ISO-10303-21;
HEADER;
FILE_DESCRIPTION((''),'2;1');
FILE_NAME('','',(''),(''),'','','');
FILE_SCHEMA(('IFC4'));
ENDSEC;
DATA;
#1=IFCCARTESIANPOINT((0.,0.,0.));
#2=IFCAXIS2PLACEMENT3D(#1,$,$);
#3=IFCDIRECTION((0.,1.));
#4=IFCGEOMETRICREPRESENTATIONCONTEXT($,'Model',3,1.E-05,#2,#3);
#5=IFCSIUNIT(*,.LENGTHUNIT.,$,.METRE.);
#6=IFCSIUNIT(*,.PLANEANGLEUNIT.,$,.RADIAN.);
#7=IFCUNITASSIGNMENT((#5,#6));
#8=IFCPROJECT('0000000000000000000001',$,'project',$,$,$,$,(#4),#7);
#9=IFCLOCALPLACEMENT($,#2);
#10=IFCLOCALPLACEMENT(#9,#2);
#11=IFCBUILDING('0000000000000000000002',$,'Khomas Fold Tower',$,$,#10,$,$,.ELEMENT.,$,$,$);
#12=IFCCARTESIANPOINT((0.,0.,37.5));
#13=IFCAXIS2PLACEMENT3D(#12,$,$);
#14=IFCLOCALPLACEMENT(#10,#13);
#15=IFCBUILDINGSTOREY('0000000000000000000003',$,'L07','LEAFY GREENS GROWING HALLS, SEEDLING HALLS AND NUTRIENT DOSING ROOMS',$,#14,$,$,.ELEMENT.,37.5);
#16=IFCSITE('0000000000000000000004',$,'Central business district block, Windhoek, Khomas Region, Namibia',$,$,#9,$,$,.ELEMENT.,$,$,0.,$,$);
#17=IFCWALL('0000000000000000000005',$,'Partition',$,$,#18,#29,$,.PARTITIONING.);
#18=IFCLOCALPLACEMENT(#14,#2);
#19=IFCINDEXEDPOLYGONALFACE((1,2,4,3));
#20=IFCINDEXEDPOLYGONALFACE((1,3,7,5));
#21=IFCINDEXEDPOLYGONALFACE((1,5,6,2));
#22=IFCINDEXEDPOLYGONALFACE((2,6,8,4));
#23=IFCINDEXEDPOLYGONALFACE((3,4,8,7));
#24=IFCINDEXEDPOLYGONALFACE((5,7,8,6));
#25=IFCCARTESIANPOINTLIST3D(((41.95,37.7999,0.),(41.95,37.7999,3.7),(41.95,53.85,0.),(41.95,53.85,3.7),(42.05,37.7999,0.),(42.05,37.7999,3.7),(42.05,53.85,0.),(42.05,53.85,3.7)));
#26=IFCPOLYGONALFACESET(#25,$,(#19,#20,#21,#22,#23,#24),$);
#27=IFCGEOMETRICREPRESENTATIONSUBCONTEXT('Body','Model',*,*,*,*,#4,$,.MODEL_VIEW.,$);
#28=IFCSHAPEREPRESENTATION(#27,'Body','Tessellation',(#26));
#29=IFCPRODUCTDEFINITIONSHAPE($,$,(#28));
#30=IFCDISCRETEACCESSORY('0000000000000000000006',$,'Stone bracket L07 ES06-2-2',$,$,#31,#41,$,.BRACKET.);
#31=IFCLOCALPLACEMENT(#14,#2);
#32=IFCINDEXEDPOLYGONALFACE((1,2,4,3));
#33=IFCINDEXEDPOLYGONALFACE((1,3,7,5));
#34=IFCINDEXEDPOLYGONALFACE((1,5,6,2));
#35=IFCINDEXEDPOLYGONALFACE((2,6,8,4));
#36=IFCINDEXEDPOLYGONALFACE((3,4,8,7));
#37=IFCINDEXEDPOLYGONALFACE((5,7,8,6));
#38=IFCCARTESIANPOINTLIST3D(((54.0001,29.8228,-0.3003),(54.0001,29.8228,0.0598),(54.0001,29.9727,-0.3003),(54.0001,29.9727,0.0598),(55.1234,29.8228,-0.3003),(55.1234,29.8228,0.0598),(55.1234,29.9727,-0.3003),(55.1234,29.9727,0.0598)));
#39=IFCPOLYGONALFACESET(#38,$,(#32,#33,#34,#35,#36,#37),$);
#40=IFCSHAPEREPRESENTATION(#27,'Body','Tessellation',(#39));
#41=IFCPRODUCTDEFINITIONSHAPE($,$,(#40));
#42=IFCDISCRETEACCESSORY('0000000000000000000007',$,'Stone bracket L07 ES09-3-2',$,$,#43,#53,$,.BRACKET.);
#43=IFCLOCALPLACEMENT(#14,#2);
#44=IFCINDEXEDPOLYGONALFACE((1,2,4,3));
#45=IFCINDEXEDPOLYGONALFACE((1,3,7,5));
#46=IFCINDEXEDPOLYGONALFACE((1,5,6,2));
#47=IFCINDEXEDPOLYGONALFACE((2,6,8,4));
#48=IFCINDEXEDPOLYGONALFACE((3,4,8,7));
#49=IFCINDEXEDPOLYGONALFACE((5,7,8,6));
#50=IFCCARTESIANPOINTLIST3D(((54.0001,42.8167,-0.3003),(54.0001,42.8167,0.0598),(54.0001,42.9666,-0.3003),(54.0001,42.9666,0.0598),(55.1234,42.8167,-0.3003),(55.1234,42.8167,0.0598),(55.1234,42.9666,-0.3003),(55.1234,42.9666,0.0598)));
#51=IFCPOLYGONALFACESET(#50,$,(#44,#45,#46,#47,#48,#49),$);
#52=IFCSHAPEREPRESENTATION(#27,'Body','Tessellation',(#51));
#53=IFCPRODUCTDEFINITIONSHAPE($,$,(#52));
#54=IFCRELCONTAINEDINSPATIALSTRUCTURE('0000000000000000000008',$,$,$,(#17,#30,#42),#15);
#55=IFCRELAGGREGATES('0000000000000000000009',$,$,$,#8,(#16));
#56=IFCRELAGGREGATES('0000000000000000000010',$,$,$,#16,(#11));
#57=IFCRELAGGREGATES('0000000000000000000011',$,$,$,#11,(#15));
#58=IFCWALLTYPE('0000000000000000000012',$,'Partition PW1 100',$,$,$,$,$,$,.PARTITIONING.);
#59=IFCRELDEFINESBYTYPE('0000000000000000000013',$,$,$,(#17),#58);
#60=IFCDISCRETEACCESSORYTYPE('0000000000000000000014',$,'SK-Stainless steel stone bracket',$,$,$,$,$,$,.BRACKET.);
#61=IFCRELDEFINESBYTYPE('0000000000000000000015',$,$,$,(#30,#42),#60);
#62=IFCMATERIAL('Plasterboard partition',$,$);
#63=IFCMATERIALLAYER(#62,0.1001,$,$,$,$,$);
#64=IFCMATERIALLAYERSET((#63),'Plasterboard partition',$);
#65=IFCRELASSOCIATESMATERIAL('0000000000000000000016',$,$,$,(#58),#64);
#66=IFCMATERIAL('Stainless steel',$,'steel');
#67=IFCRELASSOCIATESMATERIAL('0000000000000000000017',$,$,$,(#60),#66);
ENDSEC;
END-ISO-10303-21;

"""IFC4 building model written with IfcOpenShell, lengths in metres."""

from ifc_helpers import new_model, si_unit, direction, frame, frame_2d, origin, origin_2d, place, context, subcontext, project, spatial, rectangle, extrude, source, transform, mapped, material, layer, layer_set, type_object, element, save


model = new_model("IFC4")

# Units and contexts
model_context = context("Model", 3, precision=1e-05, world=origin(), true_north=direction((0.0, 1.0)))
body_context = subcontext(model_context, "Body", "Model", "MODEL_VIEW")
ifc_project = project(units=[si_unit("LENGTHUNIT", "METRE"), si_unit("PLANEANGLEUNIT", "RADIAN")], contexts=[model_context])

# Site, building, storey
site_placement = place(None, origin())
site = spatial("IfcSite", under=ifc_project, at=site_placement, Name="Central business district block, Windhoek, Khomas Region, Namibia", CompositionType="ELEMENT", RefElevation=0.0)
building_placement = place(site_placement, origin())
building = spatial("IfcBuilding", under=site, at=building_placement, Name="Khomas Fold Tower", CompositionType="ELEMENT")
storey_placement = place(building_placement, frame((0.0, 0.0, 37.5)))
storey = spatial("IfcBuildingStorey", under=building, at=storey_placement, Name="L07", Description="LEAFY GREENS GROWING HALLS, SEEDLING HALLS AND NUTRIENT DOSING ROOMS", CompositionType="ELEMENT", Elevation=37.5)

# Wall
ifc_material_1 = material(Name="Plasterboard partition")
ifc_layer_1 = layer(ifc_material_1, 0.1001)
ifc_layer_set_1 = layer_set([ifc_layer_1], Name="Plasterboard partition")
wall_type = type_object("IfcWallType", Name="Partition PW1 100", PredefinedType="PARTITIONING", material=ifc_layer_set_1)
shared_shape_1 = source(origin(), body_context, "Body", "SweptSolid", [
    extrude(rectangle(XDim=16.05, YDim=0.1001, at=frame_2d((8.0249, 0.0))), origin(), (0.0, 0.0, 1.0), 3.7),
])
wall_placement = place(storey_placement, frame((42.0, 37.8, 0.0), z_axis=(0.0, 0.0, 1.0), x_axis=(0.0, 1.0, 0.0)))
element("IfcWall", 1, at=wall_placement, inside=storey, type_object=wall_type, Name="Partition", PredefinedType="PARTITIONING", context=body_context, shape_type="MappedRepresentation", body=[
    mapped(shared_shape_1, transform((0.0, 0.0, 0.0))),
])

# Discrete accessories
ifc_material_2 = material(Name="Stainless steel", Category="steel")
discrete_accessory_type = type_object("IfcDiscreteAccessoryType", Name="SK-Stainless steel stone bracket", PredefinedType="BRACKET", material=ifc_material_2)
shared_shape_2 = source(origin(), body_context, "Body", "SweptSolid", [
    extrude(rectangle(XDim=1.1233, YDim=0.1499, at=origin_2d()), origin(), (0.0, 0.0, 1.0), 0.3601),
])
for number, where, z_axis, x_axis, name in (
    (2, (54.5618, 29.8977, -0.3003), (0.0, 0.0, 1.0), (1.0, 0.0, 0.0), "Stone bracket L07 ES06-2-2"),
    (3, (54.5618, 42.8916, -0.3003), (0.0, 0.0, 1.0), (1.0, 0.0, 0.0), "Stone bracket L07 ES09-3-2"),
):
    element("IfcDiscreteAccessory", number, at=place(storey_placement, frame(where, z_axis=z_axis, x_axis=x_axis)), inside=storey, type_object=discrete_accessory_type, Name=name, PredefinedType="BRACKET", context=body_context, shape_type="MappedRepresentation", body=[
        mapped(shared_shape_2, transform((0.0, 0.0, 0.0))),
    ])

save(model, "model.ifc")
